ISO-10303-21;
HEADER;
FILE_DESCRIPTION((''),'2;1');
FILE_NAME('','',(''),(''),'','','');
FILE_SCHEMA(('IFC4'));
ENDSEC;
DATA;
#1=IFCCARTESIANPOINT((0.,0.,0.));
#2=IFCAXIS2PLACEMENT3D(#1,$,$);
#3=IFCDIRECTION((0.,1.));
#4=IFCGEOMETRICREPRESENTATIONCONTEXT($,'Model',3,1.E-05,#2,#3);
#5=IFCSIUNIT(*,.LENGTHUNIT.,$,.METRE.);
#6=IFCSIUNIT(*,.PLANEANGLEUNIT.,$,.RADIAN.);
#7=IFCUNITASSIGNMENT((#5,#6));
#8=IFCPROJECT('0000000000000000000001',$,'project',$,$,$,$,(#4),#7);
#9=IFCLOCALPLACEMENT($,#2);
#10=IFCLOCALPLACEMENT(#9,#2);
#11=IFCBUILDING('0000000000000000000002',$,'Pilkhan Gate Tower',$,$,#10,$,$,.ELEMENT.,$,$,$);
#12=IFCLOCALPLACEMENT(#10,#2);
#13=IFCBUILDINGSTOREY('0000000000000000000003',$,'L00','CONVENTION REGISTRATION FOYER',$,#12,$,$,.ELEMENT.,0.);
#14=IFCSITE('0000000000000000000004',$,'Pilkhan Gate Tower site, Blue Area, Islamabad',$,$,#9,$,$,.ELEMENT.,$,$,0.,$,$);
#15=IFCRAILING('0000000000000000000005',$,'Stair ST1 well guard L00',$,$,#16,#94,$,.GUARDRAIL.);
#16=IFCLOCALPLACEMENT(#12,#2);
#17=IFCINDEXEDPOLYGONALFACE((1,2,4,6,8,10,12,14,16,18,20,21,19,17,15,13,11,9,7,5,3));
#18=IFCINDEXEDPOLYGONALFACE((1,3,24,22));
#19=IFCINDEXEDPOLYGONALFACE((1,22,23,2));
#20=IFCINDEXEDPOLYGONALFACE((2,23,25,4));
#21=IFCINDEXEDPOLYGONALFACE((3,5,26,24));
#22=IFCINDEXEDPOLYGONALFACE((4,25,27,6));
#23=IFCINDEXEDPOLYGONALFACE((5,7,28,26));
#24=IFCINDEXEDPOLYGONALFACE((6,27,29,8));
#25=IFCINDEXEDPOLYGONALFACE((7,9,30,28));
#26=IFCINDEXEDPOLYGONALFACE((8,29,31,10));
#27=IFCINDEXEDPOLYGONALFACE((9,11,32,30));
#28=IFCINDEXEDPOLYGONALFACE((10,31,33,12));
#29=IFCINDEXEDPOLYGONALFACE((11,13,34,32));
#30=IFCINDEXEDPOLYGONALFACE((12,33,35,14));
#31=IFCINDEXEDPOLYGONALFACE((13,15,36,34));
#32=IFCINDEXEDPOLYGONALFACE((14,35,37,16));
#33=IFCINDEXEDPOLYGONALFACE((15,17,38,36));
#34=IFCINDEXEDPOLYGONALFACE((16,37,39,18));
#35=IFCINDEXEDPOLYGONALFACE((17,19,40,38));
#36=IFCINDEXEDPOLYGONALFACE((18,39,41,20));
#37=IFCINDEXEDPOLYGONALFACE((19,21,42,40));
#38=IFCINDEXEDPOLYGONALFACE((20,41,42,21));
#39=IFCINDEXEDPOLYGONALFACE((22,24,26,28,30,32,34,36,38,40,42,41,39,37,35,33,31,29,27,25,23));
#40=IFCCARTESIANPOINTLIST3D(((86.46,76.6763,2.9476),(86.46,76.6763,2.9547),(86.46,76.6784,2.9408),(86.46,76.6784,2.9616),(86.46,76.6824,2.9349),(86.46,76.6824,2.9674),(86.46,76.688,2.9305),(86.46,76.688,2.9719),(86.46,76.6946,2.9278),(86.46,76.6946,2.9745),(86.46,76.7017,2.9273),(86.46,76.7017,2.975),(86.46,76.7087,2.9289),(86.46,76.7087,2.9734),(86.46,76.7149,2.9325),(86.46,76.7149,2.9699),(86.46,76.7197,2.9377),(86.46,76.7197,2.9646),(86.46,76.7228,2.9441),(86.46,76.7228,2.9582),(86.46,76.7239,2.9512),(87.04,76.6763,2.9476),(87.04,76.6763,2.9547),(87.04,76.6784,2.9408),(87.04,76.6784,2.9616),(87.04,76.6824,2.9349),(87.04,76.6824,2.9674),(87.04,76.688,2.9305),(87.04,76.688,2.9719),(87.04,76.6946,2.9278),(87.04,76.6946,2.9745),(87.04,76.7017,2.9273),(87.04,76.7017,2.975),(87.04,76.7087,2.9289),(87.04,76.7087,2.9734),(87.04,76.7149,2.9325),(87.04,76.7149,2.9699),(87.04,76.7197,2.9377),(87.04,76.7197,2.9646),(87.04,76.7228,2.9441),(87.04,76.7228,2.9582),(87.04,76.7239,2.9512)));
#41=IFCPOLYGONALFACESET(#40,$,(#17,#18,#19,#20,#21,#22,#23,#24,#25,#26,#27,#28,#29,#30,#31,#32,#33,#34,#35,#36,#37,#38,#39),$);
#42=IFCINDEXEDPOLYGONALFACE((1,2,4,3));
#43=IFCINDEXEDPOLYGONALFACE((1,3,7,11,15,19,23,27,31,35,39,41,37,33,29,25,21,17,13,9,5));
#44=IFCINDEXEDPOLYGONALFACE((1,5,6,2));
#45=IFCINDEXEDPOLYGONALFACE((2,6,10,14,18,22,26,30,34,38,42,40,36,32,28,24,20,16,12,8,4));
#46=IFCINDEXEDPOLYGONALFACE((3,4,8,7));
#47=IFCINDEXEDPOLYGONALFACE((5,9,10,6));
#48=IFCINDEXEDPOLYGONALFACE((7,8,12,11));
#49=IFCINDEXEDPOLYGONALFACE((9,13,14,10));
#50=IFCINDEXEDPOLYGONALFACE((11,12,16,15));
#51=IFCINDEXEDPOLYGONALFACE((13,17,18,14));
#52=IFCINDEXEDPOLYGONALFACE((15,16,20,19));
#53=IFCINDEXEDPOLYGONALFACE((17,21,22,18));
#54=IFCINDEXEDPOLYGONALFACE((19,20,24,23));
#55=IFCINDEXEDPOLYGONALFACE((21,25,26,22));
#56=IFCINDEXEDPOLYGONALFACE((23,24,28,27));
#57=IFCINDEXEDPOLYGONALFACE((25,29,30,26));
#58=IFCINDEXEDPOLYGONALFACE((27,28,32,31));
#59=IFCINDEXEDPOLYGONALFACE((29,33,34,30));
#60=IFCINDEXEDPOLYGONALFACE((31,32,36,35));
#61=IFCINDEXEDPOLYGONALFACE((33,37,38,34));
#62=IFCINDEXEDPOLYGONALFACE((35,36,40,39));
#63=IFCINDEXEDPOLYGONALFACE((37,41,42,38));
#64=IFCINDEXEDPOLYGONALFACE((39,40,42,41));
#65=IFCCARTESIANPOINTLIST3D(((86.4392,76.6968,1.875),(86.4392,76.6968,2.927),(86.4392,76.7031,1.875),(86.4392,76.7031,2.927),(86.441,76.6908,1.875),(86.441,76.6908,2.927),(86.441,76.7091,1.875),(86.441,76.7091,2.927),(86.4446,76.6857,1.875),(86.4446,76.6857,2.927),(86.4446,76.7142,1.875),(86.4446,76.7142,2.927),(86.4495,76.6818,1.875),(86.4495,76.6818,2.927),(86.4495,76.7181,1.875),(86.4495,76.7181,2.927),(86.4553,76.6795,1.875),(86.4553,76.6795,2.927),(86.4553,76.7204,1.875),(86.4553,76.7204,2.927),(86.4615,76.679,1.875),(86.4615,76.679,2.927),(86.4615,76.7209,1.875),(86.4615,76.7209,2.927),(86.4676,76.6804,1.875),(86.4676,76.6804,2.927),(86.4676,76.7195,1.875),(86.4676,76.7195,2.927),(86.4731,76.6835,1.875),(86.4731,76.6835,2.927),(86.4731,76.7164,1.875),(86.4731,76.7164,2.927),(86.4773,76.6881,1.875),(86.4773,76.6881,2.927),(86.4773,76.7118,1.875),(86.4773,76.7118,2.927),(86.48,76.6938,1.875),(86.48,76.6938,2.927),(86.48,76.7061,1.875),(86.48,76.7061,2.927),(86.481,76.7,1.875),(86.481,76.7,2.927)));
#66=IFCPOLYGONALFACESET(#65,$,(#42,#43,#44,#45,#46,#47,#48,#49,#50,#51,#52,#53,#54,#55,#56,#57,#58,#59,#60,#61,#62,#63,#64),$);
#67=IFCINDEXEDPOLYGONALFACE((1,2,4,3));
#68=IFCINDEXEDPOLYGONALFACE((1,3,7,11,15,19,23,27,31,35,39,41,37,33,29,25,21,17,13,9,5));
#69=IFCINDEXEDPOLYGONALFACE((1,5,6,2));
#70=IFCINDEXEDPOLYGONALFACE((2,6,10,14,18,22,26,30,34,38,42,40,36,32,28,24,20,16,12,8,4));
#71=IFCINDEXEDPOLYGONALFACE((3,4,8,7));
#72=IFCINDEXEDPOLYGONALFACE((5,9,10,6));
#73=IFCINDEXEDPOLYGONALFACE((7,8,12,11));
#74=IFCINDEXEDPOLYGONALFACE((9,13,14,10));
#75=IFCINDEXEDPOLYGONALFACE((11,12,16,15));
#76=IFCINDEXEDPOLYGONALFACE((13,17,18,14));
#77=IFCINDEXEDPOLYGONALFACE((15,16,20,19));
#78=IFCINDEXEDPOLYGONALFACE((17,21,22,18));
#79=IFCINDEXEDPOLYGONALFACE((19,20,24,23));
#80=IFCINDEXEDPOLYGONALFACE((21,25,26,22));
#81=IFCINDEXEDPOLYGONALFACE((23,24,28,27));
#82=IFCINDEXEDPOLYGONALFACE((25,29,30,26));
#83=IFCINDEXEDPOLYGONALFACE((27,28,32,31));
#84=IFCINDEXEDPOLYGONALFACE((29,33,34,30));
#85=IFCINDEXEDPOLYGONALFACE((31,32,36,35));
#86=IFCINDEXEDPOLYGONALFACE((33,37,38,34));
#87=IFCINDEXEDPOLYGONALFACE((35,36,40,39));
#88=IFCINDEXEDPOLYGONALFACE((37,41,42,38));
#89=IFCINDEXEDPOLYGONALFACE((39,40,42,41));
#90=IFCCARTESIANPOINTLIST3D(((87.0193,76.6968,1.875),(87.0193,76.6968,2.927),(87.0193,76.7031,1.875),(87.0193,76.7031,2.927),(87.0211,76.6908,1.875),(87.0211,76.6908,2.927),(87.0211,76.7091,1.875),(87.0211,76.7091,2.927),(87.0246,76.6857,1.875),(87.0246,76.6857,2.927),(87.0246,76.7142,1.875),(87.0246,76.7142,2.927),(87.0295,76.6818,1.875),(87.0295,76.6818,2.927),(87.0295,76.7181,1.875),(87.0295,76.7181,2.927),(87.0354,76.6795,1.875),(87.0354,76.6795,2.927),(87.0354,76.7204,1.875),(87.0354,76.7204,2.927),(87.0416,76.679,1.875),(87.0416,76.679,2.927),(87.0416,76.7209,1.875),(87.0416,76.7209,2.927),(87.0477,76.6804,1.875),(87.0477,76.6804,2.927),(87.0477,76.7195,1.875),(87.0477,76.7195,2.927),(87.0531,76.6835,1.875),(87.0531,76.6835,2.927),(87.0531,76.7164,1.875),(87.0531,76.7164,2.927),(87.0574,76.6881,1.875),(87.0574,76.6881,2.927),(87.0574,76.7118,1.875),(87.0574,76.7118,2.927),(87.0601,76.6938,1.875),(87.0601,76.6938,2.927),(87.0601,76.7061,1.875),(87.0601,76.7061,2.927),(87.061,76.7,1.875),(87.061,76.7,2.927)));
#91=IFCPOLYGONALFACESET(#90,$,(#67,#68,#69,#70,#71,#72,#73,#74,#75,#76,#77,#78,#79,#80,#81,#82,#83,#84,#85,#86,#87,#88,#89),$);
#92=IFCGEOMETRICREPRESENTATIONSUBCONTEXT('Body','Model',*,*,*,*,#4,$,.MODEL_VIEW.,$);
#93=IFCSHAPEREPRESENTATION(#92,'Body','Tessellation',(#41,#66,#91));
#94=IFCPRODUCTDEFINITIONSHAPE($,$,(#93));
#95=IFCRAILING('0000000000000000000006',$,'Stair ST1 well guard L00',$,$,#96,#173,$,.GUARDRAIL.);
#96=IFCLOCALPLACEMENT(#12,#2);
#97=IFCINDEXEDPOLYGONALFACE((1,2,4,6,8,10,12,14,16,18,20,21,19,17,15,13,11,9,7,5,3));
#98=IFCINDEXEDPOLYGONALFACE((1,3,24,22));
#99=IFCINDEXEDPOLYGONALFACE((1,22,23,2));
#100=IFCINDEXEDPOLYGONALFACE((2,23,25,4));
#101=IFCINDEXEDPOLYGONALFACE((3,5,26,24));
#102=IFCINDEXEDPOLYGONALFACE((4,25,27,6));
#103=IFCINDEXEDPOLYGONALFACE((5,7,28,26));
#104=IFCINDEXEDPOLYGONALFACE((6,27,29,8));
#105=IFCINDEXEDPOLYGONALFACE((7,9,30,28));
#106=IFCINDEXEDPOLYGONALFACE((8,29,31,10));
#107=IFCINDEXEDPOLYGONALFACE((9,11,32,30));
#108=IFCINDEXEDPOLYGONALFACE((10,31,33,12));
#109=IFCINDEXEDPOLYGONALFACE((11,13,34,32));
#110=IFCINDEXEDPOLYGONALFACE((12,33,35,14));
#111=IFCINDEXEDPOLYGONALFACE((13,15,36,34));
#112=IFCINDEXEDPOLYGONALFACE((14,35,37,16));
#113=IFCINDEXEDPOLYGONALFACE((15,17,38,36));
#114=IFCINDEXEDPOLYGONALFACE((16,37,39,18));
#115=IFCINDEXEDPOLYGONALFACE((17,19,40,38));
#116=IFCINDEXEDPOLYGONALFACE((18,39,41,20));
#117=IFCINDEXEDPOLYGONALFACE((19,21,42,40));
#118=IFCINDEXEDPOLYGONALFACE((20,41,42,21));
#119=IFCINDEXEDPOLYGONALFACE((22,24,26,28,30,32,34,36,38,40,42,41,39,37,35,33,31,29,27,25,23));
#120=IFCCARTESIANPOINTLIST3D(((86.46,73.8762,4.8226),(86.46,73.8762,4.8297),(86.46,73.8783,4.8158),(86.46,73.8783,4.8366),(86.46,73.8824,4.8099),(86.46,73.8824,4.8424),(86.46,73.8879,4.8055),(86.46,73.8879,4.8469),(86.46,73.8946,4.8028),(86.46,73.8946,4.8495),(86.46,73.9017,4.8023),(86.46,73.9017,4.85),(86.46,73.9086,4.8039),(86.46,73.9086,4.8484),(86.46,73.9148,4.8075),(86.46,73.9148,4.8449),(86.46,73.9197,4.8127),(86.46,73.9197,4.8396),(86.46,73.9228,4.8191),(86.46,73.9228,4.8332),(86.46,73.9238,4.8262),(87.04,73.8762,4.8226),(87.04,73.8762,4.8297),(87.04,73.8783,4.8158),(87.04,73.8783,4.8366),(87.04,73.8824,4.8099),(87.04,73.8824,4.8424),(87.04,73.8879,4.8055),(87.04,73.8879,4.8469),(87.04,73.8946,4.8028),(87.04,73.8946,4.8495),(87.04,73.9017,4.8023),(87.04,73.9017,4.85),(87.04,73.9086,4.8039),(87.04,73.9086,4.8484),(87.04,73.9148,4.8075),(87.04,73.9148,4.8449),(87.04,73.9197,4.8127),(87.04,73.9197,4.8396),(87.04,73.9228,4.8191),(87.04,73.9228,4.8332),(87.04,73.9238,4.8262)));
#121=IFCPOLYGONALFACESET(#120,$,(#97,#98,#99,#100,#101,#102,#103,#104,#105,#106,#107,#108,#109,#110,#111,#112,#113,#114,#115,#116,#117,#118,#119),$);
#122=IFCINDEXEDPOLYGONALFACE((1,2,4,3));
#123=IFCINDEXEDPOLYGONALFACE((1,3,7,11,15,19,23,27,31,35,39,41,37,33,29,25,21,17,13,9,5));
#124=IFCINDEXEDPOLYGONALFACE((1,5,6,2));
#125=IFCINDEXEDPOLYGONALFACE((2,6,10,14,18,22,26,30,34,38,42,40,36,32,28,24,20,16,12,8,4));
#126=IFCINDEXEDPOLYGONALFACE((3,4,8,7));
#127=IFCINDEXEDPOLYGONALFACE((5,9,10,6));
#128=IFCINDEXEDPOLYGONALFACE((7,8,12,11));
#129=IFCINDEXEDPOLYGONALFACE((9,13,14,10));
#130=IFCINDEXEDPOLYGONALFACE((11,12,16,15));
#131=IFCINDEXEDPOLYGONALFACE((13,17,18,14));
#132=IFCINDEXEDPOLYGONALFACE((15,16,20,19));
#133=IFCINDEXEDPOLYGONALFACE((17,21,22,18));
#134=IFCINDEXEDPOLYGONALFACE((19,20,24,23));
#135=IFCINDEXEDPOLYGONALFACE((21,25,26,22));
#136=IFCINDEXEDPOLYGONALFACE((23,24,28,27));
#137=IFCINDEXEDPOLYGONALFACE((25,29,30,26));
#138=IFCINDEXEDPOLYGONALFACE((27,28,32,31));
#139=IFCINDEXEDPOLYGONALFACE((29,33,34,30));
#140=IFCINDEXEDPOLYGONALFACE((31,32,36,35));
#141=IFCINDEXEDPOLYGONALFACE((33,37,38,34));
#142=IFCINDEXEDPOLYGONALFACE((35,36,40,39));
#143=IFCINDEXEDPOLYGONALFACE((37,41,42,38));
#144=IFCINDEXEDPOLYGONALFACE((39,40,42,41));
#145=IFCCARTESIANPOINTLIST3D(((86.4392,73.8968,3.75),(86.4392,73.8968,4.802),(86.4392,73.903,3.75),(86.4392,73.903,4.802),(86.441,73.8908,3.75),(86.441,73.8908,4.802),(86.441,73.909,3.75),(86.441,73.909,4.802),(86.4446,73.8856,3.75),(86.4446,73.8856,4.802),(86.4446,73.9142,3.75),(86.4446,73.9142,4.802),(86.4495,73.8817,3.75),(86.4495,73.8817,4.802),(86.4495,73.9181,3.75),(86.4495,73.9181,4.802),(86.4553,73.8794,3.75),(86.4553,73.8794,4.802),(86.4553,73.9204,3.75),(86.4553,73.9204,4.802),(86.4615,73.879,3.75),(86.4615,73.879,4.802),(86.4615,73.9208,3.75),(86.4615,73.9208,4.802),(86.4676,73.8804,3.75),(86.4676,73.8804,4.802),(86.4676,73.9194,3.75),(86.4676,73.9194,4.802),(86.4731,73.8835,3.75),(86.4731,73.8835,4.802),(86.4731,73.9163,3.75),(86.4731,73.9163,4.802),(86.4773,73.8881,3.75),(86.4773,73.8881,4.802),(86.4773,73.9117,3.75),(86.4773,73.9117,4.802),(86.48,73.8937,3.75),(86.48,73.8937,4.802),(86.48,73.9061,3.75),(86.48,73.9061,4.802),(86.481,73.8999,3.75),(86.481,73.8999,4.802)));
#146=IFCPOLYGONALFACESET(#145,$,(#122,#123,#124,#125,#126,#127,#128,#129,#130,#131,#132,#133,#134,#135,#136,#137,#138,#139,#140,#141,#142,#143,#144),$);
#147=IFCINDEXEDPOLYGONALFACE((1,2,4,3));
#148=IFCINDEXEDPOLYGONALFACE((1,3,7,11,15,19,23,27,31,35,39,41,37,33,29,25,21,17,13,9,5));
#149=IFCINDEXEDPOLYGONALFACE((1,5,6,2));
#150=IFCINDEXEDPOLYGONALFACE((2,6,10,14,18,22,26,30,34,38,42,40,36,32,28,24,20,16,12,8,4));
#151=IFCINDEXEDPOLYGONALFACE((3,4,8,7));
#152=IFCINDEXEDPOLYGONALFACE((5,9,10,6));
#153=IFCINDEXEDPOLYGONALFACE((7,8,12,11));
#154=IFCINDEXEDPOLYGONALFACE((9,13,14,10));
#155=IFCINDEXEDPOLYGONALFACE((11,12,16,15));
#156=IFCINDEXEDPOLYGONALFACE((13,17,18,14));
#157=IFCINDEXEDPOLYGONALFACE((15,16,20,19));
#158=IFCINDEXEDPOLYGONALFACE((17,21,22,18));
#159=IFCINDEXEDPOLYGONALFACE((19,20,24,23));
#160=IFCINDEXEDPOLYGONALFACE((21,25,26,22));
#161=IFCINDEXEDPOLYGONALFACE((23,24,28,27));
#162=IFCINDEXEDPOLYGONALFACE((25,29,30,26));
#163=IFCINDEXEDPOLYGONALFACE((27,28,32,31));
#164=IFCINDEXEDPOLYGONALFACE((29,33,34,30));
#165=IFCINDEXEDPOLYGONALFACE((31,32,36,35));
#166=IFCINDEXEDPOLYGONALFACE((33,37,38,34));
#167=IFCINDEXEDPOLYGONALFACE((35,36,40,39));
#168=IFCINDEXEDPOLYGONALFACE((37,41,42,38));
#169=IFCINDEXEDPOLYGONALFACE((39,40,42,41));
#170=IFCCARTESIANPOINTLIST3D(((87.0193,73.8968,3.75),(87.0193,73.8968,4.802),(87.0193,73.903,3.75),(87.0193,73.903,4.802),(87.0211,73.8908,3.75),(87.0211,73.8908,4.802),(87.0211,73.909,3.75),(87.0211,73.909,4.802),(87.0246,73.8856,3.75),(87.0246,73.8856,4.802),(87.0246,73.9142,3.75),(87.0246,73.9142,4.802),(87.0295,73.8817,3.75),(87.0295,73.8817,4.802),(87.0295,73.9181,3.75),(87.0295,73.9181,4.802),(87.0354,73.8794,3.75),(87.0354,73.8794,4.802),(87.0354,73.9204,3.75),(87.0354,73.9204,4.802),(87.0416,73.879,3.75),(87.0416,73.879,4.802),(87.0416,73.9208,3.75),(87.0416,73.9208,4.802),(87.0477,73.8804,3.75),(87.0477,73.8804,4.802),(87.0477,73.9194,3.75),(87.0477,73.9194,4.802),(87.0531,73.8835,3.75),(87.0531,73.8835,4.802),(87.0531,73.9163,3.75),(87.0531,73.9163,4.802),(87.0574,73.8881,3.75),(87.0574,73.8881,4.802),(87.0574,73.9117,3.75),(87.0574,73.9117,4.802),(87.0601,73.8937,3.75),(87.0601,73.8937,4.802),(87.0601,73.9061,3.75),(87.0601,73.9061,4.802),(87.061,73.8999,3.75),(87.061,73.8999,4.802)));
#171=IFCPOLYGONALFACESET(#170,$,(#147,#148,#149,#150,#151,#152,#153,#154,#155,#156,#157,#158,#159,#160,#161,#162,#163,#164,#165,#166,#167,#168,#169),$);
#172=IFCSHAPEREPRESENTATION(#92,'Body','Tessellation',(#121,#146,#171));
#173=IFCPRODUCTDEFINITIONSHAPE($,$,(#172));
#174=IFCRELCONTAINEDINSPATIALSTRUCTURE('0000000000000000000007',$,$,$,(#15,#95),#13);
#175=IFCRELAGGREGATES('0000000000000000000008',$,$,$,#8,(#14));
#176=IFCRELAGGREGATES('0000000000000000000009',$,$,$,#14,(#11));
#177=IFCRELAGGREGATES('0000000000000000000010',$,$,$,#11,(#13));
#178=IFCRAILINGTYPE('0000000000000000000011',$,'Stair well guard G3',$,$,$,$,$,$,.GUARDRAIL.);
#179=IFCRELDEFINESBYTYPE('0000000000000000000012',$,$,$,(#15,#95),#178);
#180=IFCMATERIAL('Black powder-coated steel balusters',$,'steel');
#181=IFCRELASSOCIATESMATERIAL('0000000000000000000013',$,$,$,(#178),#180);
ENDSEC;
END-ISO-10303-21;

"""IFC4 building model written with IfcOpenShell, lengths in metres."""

from ifc_helpers import new_model, si_unit, direction, frame, origin, origin_2d, place, context, subcontext, project, spatial, circle, extrude, material, type_object, element, save


model = new_model("IFC4")

# Units and contexts
model_context = context("Model", 3, precision=1e-05, world=origin(), true_north=direction((0.0, 1.0)))
body_context = subcontext(model_context, "Body", "Model", "MODEL_VIEW")
ifc_project = project(units=[si_unit("LENGTHUNIT", "METRE"), si_unit("PLANEANGLEUNIT", "RADIAN")], contexts=[model_context])

# Site, building, storey
site_placement = place(None, origin())
site = spatial("IfcSite", under=ifc_project, at=site_placement, Name="Pilkhan Gate Tower site, Blue Area, Islamabad", CompositionType="ELEMENT", RefElevation=0.0)
building_placement = place(site_placement, origin())
building = spatial("IfcBuilding", under=site, at=building_placement, Name="Pilkhan Gate Tower", CompositionType="ELEMENT")
storey_placement = place(building_placement, origin())
storey = spatial("IfcBuildingStorey", under=building, at=storey_placement, Name="L00", Description="CONVENTION REGISTRATION FOYER", CompositionType="ELEMENT", Elevation=0.0)

# Railings
ifc_material_1 = material(Name="Black powder-coated steel balusters", Category="steel")
railing_type_1 = type_object("IfcRailingType", Name="Stair well guard G3", PredefinedType="GUARDRAIL", material=ifc_material_1)
for number, where, name in (
    (1, (86.46, 76.7, 1.875), "Stair ST1 well guard L00"),
    (2, (86.46, 73.8999, 3.75), "Stair ST1 well guard L00"),
):
    element("IfcRailing", number, at=place(storey_placement, frame(where)), inside=storey, type_object=railing_type_1, Name=name, PredefinedType="GUARDRAIL", context=body_context, shape_type="SweptSolid", body=[
        extrude(circle(Radius=0.0239, at=origin_2d()), frame((0.0, 0.0, 1.0762), z_axis=(1.0, 0.0, 0.0), x_axis=(0.0, 1.0, 0.0)), (0.0, 0.0, 1.0), 0.5801),
        extrude(circle(Radius=0.021, at=origin_2d()), origin(), (0.0, 0.0, 1.0), 1.052),
        extrude(circle(Radius=0.021, at=origin_2d()), frame((0.5801, 0.0, 0.0)), (0.0, 0.0, 1.0), 1.052),
    ])

save(model, "model.ifc")
